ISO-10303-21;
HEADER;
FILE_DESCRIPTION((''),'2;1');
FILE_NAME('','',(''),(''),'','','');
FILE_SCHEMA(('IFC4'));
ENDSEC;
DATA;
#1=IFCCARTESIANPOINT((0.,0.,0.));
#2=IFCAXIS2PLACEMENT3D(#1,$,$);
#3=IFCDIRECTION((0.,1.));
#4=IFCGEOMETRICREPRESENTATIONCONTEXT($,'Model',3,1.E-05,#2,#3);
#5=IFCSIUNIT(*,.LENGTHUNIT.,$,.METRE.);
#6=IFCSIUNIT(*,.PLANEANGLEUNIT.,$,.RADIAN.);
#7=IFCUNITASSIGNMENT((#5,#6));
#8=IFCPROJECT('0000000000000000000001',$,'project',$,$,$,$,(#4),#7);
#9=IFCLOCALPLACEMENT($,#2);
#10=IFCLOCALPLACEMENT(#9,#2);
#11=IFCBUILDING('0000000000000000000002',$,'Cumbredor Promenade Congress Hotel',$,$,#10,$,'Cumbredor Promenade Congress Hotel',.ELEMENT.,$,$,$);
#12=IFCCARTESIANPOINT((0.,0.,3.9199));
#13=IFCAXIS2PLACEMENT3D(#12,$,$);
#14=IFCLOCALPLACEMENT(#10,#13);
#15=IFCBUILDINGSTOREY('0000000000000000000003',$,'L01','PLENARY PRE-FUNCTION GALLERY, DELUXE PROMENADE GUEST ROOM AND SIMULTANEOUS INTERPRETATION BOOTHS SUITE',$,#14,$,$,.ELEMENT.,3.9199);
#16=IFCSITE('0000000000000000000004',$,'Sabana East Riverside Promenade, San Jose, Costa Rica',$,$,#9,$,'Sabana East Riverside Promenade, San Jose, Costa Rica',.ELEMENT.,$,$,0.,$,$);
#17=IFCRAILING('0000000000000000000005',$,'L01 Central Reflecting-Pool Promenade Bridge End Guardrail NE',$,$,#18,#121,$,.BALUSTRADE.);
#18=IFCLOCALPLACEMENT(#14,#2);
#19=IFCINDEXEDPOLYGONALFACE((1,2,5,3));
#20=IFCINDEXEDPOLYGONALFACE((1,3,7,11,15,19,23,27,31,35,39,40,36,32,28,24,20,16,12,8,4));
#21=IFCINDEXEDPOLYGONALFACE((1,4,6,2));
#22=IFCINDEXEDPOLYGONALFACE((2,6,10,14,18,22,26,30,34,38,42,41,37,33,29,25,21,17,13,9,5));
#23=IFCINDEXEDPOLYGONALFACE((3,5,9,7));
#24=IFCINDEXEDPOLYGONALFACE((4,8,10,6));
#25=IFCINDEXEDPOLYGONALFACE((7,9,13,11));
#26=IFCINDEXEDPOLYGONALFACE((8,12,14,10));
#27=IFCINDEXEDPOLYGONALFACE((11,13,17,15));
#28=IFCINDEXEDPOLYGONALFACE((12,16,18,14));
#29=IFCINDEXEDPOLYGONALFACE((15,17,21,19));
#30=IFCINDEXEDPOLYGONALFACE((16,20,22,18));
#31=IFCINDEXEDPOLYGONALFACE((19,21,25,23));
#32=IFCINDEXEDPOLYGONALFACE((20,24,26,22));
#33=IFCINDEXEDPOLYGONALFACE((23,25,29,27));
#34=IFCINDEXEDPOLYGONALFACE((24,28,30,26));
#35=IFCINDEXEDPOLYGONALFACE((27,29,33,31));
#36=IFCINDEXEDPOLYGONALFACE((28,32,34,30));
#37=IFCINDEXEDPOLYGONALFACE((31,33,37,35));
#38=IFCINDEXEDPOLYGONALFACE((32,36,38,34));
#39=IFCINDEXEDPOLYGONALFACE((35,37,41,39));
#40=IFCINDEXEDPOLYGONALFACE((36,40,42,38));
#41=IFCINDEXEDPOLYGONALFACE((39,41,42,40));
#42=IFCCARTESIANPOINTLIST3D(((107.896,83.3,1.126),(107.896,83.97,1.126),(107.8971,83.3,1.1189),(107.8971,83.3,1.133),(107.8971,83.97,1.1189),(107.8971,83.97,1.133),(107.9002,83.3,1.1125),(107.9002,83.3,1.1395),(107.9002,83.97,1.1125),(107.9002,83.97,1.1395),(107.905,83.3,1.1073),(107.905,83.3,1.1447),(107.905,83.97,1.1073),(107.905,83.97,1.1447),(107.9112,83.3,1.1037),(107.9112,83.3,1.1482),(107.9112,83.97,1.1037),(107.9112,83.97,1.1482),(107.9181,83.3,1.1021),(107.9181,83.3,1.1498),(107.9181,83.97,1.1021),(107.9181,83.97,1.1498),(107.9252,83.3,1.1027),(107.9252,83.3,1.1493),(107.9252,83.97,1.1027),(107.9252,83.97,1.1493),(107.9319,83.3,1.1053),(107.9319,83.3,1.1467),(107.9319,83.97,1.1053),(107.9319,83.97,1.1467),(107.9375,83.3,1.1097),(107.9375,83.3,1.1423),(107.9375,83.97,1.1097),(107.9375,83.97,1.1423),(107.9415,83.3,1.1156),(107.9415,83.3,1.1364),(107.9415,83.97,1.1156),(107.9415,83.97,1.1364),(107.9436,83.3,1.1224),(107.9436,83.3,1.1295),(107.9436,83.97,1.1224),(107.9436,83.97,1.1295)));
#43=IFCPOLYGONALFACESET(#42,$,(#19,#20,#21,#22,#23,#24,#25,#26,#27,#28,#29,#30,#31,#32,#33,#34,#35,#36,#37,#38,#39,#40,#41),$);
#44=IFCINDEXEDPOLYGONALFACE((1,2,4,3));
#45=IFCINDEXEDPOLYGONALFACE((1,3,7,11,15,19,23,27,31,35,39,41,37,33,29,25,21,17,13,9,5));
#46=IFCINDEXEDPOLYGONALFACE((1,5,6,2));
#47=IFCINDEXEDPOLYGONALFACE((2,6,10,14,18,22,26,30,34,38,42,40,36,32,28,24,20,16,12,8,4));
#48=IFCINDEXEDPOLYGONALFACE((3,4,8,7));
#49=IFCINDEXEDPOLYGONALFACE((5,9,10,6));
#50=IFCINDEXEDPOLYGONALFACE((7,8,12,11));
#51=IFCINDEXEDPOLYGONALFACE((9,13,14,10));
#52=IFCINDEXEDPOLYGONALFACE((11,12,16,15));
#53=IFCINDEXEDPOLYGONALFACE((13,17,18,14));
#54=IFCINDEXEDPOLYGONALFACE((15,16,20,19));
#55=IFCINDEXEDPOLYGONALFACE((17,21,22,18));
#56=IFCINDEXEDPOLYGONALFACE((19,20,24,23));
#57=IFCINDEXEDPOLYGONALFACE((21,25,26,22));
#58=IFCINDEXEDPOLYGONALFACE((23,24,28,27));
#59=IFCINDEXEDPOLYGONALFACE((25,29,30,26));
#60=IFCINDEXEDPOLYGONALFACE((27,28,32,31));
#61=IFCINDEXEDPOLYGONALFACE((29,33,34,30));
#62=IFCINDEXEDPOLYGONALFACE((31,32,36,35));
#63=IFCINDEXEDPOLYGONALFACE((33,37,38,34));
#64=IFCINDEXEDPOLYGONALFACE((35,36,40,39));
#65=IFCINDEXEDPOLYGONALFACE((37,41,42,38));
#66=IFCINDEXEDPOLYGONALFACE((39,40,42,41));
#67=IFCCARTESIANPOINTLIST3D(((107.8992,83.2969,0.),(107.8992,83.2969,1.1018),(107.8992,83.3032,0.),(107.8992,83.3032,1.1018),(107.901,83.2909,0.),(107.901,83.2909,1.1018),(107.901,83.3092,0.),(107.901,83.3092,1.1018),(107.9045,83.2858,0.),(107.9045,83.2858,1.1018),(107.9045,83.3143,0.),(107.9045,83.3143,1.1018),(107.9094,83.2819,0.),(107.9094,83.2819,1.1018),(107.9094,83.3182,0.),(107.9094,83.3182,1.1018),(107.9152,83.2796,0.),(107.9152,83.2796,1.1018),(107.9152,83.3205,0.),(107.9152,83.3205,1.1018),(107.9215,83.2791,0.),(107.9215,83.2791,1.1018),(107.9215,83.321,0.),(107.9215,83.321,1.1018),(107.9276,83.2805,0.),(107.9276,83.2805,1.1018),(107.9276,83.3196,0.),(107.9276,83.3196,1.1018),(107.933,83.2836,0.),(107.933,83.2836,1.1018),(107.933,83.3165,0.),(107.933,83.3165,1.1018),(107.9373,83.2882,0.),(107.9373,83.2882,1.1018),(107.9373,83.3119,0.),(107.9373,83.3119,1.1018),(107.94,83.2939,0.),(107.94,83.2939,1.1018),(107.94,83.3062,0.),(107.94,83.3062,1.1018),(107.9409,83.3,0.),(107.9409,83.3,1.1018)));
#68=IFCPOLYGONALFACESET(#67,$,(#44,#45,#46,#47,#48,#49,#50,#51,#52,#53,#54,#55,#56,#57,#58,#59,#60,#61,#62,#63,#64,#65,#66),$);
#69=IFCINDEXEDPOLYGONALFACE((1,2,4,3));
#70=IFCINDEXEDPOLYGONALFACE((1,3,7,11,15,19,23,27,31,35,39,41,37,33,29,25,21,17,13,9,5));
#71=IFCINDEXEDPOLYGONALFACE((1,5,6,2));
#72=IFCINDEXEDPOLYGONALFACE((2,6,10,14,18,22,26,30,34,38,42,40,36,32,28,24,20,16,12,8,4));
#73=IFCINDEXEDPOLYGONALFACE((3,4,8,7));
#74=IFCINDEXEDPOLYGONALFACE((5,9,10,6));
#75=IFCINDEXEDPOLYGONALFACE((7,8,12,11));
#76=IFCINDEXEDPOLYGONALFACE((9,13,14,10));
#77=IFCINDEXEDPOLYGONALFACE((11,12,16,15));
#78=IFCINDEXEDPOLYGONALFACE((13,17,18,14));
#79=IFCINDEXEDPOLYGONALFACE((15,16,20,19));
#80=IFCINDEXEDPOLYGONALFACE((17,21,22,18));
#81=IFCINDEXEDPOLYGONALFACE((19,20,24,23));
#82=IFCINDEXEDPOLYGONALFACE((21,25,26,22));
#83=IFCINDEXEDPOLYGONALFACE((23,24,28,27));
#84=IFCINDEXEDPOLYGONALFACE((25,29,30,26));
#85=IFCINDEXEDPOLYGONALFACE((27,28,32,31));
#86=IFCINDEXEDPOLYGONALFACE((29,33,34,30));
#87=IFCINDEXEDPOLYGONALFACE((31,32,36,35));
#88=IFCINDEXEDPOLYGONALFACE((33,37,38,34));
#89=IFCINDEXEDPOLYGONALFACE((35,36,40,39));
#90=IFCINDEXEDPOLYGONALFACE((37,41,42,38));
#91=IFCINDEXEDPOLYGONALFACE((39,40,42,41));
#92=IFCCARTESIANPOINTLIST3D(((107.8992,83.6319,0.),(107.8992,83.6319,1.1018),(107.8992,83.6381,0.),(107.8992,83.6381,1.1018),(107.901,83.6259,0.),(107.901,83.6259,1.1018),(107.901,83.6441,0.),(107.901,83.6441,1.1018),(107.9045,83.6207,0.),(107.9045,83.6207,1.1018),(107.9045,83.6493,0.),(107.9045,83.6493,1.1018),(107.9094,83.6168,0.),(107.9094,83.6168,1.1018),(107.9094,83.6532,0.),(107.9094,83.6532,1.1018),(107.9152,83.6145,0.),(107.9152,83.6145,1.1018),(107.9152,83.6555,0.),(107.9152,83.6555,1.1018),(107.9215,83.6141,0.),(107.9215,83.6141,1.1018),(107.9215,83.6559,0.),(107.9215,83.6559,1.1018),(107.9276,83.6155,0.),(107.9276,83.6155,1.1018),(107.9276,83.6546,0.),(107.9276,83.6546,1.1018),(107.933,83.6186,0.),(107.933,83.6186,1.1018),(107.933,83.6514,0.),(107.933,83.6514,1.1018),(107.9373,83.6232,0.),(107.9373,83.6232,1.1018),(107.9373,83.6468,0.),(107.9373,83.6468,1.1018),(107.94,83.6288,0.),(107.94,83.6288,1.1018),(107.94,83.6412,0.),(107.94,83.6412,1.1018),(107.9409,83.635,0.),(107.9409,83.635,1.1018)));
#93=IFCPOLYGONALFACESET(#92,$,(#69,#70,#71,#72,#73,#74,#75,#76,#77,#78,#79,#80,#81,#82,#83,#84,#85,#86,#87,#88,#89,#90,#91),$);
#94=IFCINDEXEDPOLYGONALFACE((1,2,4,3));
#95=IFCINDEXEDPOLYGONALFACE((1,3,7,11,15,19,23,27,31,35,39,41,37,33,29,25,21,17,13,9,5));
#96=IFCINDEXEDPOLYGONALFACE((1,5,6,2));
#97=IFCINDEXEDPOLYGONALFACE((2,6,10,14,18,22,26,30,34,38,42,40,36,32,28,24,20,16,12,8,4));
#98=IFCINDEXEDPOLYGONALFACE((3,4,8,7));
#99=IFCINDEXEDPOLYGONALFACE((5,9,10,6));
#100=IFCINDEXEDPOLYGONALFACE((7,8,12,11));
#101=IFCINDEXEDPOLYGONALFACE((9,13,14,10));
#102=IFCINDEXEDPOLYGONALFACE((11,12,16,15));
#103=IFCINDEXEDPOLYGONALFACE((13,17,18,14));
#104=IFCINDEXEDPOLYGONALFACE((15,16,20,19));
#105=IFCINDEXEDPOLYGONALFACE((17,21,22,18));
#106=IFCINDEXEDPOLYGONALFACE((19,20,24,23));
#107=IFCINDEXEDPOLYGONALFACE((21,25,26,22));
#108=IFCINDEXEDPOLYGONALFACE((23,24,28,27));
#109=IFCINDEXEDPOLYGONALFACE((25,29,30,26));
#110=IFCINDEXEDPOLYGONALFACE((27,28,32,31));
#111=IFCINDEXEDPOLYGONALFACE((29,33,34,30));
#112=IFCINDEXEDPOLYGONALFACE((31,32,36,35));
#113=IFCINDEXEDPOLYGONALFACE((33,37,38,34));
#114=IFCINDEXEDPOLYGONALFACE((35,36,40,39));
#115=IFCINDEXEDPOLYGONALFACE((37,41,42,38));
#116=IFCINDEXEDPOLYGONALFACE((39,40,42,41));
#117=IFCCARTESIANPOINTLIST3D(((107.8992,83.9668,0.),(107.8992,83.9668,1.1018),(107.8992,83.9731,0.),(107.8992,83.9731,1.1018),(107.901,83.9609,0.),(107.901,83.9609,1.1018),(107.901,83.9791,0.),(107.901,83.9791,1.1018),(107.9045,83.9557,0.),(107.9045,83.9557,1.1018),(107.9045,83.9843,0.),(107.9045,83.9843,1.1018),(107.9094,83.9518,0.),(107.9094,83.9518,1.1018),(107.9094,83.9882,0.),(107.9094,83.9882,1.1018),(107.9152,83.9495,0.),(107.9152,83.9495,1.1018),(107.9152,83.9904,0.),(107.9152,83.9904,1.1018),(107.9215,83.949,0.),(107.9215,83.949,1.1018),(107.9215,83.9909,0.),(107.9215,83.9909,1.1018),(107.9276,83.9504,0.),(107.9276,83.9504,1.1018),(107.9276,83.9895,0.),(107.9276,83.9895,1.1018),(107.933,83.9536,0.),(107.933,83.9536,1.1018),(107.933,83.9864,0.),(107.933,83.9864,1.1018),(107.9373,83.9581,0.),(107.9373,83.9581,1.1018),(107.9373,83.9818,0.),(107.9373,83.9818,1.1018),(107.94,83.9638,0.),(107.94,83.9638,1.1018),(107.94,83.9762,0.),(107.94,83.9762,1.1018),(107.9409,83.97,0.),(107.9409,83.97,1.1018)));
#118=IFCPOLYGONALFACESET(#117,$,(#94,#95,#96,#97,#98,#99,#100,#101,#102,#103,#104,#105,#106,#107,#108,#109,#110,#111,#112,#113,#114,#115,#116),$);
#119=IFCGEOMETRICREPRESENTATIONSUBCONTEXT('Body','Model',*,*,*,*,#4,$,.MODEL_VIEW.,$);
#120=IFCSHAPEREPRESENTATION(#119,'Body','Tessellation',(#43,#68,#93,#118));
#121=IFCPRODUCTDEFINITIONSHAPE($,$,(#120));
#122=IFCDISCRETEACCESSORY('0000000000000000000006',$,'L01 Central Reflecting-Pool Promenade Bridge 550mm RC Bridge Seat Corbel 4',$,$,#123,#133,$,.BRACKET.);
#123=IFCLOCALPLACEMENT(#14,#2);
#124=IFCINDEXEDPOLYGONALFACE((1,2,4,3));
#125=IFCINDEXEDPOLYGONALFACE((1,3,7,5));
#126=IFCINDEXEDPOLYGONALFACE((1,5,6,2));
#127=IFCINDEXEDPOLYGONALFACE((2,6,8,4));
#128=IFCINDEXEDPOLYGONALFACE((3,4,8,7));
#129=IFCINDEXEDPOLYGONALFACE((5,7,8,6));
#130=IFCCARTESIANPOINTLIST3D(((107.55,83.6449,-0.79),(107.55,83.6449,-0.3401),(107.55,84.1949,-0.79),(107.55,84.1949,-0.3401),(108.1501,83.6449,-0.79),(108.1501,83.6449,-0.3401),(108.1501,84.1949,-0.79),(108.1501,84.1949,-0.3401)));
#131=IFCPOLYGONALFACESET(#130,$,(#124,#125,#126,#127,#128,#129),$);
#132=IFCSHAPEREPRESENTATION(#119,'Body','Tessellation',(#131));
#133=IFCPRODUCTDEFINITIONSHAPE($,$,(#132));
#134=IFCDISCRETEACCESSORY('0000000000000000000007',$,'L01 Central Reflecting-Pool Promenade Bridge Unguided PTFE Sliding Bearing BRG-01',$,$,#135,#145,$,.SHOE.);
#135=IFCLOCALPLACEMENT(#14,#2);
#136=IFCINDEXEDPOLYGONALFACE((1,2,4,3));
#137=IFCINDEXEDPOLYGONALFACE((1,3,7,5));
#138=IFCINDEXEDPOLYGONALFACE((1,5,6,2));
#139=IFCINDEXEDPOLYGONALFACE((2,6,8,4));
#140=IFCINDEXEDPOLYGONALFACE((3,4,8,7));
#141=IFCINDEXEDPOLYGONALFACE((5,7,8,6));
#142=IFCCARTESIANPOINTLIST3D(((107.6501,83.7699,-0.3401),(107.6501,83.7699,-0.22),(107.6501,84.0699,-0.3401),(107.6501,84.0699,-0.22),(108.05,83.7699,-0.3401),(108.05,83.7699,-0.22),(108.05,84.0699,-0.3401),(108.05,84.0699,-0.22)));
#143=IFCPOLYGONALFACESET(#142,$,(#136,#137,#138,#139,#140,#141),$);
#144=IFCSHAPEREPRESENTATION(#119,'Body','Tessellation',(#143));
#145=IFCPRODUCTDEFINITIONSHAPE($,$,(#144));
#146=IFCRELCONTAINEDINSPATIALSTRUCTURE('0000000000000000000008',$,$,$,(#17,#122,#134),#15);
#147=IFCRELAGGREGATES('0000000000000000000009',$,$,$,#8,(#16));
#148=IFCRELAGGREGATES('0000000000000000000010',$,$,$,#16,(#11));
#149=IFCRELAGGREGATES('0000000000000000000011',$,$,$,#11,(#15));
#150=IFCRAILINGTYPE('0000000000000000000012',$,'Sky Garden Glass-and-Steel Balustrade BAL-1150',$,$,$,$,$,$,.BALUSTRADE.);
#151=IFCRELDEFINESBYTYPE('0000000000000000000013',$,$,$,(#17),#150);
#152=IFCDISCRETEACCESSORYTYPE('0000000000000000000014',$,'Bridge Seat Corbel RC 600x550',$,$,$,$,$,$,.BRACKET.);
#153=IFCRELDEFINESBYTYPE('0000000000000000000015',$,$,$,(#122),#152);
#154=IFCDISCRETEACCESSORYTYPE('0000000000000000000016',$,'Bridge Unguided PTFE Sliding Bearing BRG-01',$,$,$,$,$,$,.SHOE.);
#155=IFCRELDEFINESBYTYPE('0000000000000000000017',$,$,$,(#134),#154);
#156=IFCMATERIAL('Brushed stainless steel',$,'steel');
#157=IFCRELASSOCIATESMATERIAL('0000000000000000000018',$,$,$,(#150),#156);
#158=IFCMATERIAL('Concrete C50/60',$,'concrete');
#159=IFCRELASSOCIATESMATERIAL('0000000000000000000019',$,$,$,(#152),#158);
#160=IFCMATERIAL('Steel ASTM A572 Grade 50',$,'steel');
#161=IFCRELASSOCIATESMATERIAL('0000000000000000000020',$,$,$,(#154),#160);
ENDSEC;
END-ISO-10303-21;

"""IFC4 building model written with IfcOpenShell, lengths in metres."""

from ifc_helpers import new_model, si_unit, direction, frame, origin, origin_2d, place, context, subcontext, project, spatial, rectangle, circle, extrude, material, type_object, element, save


model = new_model("IFC4")

# Units and contexts
model_context = context("Model", 3, precision=1e-05, world=origin(), true_north=direction((0.0, 1.0)))
body_context = subcontext(model_context, "Body", "Model", "MODEL_VIEW")
ifc_project = project(units=[si_unit("LENGTHUNIT", "METRE"), si_unit("PLANEANGLEUNIT", "RADIAN")], contexts=[model_context])

# Site, building, storey
site_placement = place(None, origin())
site = spatial("IfcSite", under=ifc_project, at=site_placement, Name="Sabana East Riverside Promenade, San Jose, Costa Rica", LongName="Sabana East Riverside Promenade, San Jose, Costa Rica", CompositionType="ELEMENT", RefElevation=0.0)
building_placement = place(site_placement, origin())
building = spatial("IfcBuilding", under=site, at=building_placement, Name="Cumbredor Promenade Congress Hotel", LongName="Cumbredor Promenade Congress Hotel", CompositionType="ELEMENT")
storey_placement = place(building_placement, frame((0.0, 0.0, 3.9199)))
storey = spatial("IfcBuildingStorey", under=building, at=storey_placement, Name="L01", Description="PLENARY PRE-FUNCTION GALLERY, DELUXE PROMENADE GUEST ROOM AND SIMULTANEOUS INTERPRETATION BOOTHS SUITE", CompositionType="ELEMENT", Elevation=3.9199)

# Shared definitions
ifc_material_1 = material(Name="Concrete C50/60", Category="concrete")

# Shared definitions
ifc_material_2 = material(Name="Steel ASTM A572 Grade 50", Category="steel")

# Railing
ifc_material_3 = material(Name="Brushed stainless steel", Category="steel")
railing_type = type_object("IfcRailingType", Name="Sky Garden Glass-and-Steel Balustrade BAL-1150", PredefinedType="BALUSTRADE", material=ifc_material_3)
railing_placement = place(storey_placement, frame((107.9199, 83.3, 0.0)))
element("IfcRailing", 1, at=railing_placement, inside=storey, type_object=railing_type, Name="L01 Central Reflecting-Pool Promenade Bridge End Guardrail NE", PredefinedType="BALUSTRADE", context=body_context, shape_type="SweptSolid", body=[
    extrude(circle(Radius=0.0239, at=origin_2d()), frame((0.0, 0.0, 1.126), z_axis=(0.0, 1.0, 0.0), x_axis=(-1.0, 0.0, 0.0)), (0.0, 0.0, 1.0), 0.6699),
    extrude(circle(Radius=0.021, at=origin_2d()), origin(), (0.0, 0.0, 1.0), 1.1018),
    extrude(circle(Radius=0.021, at=origin_2d()), frame((0.0, 0.335, 0.0)), (0.0, 0.0, 1.0), 1.1018),
    extrude(circle(Radius=0.021, at=origin_2d()), frame((0.0, 0.6699, 0.0)), (0.0, 0.0, 1.0), 1.1018),
])

# Discrete accessories
discrete_accessory_type_1 = type_object("IfcDiscreteAccessoryType", Name="Bridge Seat Corbel RC 600x550", PredefinedType="BRACKET", material=ifc_material_1)
discrete_accessory_1_placement = place(storey_placement, frame((107.8501, 83.9199, -0.79), z_axis=(0.0, 0.0, 1.0), x_axis=(0.0, 1.0, 0.0)))
element("IfcDiscreteAccessory", 2, at=discrete_accessory_1_placement, inside=storey, type_object=discrete_accessory_type_1, Name="L01 Central Reflecting-Pool Promenade Bridge 550mm RC Bridge Seat Corbel 4", PredefinedType="BRACKET", context=body_context, shape_type="SweptSolid", body=[
    extrude(rectangle(XDim=0.55, YDim=0.6001, at=origin_2d()), origin(), (0.0, 0.0, 1.0), 0.45),
])
discrete_accessory_type_2 = type_object("IfcDiscreteAccessoryType", Name="Bridge Unguided PTFE Sliding Bearing BRG-01", PredefinedType="SHOE", material=ifc_material_2)
discrete_accessory_2_placement = place(storey_placement, frame((107.8501, 83.9199, -0.3401), z_axis=(0.0, 0.0, 1.0), x_axis=(0.0, 1.0, 0.0)))
element("IfcDiscreteAccessory", 3, at=discrete_accessory_2_placement, inside=storey, type_object=discrete_accessory_type_2, Name="L01 Central Reflecting-Pool Promenade Bridge Unguided PTFE Sliding Bearing BRG-01", PredefinedType="SHOE", context=body_context, shape_type="SweptSolid", body=[
    extrude(rectangle(XDim=0.3, YDim=0.3999, at=origin_2d()), origin(), (0.0, 0.0, 1.0), 0.1201),
])

save(model, "model.ifc")
